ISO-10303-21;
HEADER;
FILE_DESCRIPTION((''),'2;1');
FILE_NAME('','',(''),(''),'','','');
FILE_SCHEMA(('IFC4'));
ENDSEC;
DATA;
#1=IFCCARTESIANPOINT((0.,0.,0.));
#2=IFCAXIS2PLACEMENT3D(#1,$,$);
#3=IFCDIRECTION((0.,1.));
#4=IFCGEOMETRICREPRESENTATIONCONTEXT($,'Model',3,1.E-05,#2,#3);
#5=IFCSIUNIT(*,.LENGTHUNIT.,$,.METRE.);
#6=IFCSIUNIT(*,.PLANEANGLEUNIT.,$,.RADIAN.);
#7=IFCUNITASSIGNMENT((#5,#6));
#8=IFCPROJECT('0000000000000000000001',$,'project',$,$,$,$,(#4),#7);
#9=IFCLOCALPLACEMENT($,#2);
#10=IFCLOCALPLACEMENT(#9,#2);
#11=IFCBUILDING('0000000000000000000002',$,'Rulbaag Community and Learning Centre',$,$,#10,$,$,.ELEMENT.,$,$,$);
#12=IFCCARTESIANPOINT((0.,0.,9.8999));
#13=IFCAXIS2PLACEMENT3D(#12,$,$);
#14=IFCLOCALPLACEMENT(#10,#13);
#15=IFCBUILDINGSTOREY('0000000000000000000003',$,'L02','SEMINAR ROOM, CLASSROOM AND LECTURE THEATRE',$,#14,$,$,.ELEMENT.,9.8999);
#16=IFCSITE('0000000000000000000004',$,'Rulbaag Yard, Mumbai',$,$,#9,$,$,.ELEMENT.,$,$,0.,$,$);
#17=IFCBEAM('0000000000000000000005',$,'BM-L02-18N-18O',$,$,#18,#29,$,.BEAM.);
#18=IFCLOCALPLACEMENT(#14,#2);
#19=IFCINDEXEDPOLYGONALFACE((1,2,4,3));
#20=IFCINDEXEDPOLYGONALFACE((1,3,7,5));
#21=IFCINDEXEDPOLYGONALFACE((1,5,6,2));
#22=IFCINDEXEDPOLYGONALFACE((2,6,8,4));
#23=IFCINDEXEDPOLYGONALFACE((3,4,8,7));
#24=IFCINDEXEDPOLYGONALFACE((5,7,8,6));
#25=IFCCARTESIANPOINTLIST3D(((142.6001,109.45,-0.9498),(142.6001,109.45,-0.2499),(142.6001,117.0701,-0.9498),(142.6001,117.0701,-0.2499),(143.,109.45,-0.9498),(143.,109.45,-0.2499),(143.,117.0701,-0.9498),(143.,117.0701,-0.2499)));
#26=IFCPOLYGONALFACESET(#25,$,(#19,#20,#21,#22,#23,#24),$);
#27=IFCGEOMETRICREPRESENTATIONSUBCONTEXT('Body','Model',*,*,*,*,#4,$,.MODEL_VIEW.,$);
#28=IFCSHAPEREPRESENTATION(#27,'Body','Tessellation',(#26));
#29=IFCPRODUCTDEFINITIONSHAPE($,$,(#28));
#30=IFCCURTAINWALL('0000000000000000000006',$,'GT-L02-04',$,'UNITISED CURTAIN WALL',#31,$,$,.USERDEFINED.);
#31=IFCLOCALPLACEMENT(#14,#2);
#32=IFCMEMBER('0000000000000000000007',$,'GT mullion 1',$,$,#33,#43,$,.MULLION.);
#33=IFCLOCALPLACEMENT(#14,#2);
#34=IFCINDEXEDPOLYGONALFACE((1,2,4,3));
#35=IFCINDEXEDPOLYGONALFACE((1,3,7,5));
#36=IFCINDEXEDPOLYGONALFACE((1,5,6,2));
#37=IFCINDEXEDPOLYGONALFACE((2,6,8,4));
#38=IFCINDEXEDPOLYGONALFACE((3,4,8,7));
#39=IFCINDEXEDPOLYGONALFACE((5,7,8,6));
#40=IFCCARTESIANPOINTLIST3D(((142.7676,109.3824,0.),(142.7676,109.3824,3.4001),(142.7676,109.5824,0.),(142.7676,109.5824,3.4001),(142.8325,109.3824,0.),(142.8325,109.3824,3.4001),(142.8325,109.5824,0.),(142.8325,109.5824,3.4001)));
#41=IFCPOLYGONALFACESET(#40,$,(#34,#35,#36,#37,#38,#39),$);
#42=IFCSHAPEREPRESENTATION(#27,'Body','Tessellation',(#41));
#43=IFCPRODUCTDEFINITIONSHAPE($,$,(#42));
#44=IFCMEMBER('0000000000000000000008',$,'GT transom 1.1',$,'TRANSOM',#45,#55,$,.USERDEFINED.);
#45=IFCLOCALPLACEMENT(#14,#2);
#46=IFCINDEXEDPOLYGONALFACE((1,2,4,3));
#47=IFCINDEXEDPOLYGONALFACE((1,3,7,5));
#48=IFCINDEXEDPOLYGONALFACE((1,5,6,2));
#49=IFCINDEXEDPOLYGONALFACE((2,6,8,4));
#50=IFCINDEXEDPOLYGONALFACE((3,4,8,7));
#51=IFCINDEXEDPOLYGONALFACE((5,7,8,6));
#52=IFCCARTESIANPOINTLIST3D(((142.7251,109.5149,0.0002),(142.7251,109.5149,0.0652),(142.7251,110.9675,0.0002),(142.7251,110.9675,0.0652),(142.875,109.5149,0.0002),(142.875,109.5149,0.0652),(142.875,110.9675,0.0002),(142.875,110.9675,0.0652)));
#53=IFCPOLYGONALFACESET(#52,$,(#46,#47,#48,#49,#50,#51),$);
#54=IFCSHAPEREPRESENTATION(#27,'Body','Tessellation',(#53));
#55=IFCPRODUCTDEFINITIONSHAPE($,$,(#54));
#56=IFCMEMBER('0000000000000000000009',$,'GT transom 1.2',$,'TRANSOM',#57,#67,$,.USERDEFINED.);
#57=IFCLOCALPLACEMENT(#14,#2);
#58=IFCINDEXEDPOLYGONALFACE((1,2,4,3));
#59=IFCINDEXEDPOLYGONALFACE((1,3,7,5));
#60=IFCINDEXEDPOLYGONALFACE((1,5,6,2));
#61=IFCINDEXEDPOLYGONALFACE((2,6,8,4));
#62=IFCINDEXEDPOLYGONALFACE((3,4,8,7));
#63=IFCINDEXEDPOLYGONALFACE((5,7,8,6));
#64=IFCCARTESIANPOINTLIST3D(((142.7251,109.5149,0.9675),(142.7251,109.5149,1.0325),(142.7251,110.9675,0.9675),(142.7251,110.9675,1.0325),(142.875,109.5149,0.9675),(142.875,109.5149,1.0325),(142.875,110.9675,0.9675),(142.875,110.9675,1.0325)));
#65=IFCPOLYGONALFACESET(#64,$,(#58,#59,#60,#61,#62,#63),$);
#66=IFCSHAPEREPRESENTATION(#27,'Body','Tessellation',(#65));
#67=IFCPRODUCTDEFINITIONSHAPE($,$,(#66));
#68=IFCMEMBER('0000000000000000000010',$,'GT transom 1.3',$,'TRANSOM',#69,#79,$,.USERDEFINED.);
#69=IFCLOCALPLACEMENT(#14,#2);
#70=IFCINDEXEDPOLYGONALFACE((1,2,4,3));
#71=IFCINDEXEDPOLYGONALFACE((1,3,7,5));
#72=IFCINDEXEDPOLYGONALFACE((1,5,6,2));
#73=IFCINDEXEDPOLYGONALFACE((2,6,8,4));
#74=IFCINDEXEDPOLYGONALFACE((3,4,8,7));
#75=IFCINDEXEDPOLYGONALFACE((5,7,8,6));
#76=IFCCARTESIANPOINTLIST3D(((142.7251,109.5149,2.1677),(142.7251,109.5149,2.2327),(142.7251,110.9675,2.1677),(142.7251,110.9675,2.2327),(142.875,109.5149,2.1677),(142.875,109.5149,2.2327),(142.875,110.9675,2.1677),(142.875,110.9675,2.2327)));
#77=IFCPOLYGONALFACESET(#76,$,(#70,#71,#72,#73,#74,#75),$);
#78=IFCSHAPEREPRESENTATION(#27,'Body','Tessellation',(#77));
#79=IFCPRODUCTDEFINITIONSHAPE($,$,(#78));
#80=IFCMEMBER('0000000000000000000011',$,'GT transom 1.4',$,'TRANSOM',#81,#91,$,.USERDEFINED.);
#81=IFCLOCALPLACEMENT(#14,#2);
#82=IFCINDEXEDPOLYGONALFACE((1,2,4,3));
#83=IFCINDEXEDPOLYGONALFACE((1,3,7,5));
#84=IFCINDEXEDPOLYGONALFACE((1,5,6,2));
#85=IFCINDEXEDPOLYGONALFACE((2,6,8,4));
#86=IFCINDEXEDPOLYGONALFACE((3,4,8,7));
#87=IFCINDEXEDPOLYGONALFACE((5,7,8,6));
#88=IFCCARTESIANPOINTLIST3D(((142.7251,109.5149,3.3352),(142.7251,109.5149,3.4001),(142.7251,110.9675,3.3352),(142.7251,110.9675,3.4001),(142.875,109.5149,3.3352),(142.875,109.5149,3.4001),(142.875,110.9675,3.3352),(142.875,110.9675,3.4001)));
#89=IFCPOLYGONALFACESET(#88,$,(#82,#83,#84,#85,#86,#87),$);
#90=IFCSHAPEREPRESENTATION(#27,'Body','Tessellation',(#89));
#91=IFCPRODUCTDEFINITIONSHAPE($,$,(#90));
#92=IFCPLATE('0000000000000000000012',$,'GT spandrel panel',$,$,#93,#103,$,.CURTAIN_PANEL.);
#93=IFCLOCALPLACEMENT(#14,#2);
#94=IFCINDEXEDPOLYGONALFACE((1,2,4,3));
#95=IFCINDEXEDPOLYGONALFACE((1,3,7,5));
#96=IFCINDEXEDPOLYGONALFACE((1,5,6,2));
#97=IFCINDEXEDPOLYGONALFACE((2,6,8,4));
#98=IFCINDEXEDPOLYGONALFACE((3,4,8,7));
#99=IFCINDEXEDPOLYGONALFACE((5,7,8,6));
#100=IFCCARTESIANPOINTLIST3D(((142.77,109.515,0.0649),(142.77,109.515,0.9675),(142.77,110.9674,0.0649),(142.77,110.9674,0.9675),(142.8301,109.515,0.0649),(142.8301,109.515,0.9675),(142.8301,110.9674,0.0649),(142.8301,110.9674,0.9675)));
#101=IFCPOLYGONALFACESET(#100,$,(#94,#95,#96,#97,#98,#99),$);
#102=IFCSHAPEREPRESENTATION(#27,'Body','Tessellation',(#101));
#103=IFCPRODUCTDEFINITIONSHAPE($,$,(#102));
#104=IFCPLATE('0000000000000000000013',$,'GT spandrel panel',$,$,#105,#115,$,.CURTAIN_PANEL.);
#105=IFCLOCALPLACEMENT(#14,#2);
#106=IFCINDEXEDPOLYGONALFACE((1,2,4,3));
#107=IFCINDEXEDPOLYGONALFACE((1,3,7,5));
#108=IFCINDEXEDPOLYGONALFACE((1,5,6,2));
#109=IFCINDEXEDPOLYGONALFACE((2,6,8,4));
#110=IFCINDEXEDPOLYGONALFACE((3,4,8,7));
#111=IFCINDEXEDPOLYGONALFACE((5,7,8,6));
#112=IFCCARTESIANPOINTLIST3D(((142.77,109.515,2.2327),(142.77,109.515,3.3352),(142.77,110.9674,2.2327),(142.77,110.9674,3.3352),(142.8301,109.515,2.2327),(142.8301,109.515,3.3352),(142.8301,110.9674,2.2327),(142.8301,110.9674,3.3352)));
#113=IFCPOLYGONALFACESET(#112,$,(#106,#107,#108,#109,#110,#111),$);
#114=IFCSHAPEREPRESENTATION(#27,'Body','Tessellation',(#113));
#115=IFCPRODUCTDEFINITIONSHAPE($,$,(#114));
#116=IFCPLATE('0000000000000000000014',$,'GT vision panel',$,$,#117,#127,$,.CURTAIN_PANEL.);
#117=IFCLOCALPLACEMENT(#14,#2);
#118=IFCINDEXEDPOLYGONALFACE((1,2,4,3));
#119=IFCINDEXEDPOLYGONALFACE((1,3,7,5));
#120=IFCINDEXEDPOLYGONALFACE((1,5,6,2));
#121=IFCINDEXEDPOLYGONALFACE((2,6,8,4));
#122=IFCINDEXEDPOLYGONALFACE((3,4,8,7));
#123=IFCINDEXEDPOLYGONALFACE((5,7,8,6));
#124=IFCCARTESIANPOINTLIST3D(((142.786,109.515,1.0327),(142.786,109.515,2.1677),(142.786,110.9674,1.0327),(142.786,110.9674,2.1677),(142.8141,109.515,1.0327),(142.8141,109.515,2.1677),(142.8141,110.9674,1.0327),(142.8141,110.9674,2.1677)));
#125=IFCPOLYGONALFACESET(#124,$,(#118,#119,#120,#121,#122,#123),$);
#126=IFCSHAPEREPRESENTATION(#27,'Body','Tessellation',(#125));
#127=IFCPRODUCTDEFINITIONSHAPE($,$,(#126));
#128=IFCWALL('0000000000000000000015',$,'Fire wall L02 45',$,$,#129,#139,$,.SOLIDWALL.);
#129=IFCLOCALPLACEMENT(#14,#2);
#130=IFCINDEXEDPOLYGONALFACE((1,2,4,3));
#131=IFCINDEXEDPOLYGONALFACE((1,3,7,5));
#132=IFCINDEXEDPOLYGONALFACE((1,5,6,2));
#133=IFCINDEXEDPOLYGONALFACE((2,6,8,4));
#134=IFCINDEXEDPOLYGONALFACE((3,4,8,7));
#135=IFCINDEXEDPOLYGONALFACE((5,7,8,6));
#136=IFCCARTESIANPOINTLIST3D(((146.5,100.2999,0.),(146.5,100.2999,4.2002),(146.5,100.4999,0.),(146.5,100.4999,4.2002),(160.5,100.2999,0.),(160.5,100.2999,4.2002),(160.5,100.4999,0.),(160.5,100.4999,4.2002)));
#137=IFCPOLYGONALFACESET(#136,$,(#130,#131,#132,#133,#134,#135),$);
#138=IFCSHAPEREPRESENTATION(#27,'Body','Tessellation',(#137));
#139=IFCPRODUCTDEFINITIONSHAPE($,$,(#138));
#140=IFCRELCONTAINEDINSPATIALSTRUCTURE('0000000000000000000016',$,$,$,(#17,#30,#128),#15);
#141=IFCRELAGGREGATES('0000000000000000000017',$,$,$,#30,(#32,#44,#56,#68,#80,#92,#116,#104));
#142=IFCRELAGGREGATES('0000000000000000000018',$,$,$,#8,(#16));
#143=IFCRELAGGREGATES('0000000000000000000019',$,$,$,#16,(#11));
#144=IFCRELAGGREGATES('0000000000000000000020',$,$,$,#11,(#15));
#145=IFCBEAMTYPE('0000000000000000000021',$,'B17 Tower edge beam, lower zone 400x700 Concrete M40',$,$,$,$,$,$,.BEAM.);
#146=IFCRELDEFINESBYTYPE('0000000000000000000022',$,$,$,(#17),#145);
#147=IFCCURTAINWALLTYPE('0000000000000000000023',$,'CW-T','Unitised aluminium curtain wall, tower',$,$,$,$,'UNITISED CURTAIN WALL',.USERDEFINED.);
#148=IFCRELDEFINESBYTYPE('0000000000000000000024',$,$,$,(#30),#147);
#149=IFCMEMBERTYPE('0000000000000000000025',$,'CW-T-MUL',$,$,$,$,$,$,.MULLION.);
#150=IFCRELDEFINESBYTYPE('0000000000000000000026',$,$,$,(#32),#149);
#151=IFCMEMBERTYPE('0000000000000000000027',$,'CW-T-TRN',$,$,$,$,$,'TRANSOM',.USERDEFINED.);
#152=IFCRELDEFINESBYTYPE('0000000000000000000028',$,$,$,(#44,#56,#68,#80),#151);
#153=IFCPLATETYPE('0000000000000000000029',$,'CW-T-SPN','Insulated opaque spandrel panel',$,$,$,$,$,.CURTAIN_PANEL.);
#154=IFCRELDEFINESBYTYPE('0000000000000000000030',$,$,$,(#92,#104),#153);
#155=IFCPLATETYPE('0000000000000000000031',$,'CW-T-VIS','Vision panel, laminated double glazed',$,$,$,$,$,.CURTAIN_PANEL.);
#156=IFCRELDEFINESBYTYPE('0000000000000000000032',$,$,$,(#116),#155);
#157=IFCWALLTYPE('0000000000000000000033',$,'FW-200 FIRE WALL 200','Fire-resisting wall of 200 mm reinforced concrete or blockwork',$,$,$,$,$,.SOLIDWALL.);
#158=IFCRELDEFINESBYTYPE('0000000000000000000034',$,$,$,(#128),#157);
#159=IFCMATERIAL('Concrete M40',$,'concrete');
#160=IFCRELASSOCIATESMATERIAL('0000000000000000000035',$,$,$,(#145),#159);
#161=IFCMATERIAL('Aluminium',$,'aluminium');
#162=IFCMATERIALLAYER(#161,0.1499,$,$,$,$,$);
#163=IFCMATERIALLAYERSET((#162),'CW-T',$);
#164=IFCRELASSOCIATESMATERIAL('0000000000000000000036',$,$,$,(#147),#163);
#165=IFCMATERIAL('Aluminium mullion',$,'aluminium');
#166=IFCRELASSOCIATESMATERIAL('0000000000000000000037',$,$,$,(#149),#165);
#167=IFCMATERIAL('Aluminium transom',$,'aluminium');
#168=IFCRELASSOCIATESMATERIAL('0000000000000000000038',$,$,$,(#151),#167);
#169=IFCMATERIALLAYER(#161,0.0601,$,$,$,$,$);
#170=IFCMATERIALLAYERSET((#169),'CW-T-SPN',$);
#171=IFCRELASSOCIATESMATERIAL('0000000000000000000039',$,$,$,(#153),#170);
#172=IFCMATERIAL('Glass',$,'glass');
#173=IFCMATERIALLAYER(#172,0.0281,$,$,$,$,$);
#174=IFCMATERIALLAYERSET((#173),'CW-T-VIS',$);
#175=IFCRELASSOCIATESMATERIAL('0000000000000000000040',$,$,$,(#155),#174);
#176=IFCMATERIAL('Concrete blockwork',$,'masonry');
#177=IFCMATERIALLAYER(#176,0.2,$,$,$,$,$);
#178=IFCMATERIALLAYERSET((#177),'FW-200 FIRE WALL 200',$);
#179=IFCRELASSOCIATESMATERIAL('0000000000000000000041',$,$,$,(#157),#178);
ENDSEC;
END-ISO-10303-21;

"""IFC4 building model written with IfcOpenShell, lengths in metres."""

from ifc_helpers import new_model, si_unit, direction, frame, frame_2d, origin, origin_2d, place, context, subcontext, project, spatial, rectangle, extrude, material, layer, layer_set, material_profile, profile_set, type_object, element, aggregate, save


model = new_model("IFC4")

# Units and contexts
model_context = context("Model", 3, precision=1e-05, world=origin(), true_north=direction((0.0, 1.0)))
body_context = subcontext(model_context, "Body", "Model", "MODEL_VIEW")
ifc_project = project(units=[si_unit("LENGTHUNIT", "METRE"), si_unit("PLANEANGLEUNIT", "RADIAN")], contexts=[model_context])

# Site, building, storey
site_placement = place(None, origin())
site = spatial("IfcSite", under=ifc_project, at=site_placement, Name="Rulbaag Yard, Mumbai", CompositionType="ELEMENT", RefElevation=0.0)
building_placement = place(site_placement, origin())
building = spatial("IfcBuilding", under=site, at=building_placement, Name="Rulbaag Community and Learning Centre", CompositionType="ELEMENT")
storey_placement = place(building_placement, frame((0.0, 0.0, 9.8999)))
storey = spatial("IfcBuildingStorey", under=building, at=storey_placement, Name="L02", Description="SEMINAR ROOM, CLASSROOM AND LECTURE THEATRE", CompositionType="ELEMENT", Elevation=9.8999)

# Beam
ifc_material_1 = material(Name="Concrete M40", Category="concrete")
ifc_material_profile_1 = material_profile(ifc_material_1, rectangle(XDim=0.3999, YDim=0.7, at=origin_2d()), Name="RB400x700")
ifc_profile_set_1 = profile_set([ifc_material_profile_1], Name="Concrete M40")
beam_type = type_object("IfcBeamType", Name="B17 Tower edge beam, lower zone 400x700 Concrete M40", PredefinedType="BEAM", material=ifc_profile_set_1)
beam_placement = place(storey_placement, frame((142.8, 109.45, -0.5999), z_axis=(0.0, 1.0, 0.0), x_axis=(-1.0, 0.0, 0.0)))
element("IfcBeam", 1, at=beam_placement, inside=storey, type_object=beam_type, Name="BM-L02-18N-18O", PredefinedType="BEAM", context=body_context, shape_type="SweptSolid", body=[
    extrude(rectangle(XDim=0.3999, YDim=0.7, at=origin_2d()), origin(), (0.0, 0.0, 1.0), 7.6201),
])

# Curtain wall, members, plates
ifc_material_2 = material(Name="Aluminium", Category="aluminium")
ifc_layer_1 = layer(ifc_material_2, 0.1499)
ifc_layer_set_1 = layer_set([ifc_layer_1], Name="CW-T")
curtain_wall_type = type_object("IfcCurtainWallType", Name="CW-T", Description="Unitised aluminium curtain wall, tower", ElementType="UNITISED CURTAIN WALL", PredefinedType="USERDEFINED", material=ifc_layer_set_1)
curtain_wall_placement = place(storey_placement, origin())
curtain_wall = element("IfcCurtainWall", 2, at=curtain_wall_placement, inside=storey, type_object=curtain_wall_type, Name="GT-L02-04", ObjectType="UNITISED CURTAIN WALL", PredefinedType="USERDEFINED")
ifc_material_3 = material(Name="Aluminium mullion", Category="aluminium")
ifc_material_profile_2 = material_profile(ifc_material_3, rectangle(XDim=0.0649, YDim=0.2, at=origin_2d()), Name="AL 65x200")
ifc_profile_set_2 = profile_set([ifc_material_profile_2], Name="Aluminium mullion")
member_type_1 = type_object("IfcMemberType", Name="CW-T-MUL", PredefinedType="MULLION", material=ifc_profile_set_2)
member_1_placement = place(storey_placement, frame((142.8, 109.4824, 0.0), z_axis=(0.0, 0.0, 1.0), x_axis=(-1.0, 0.0, 0.0)))
member_1 = element("IfcMember", 3, at=member_1_placement, type_object=member_type_1, Name="GT mullion 1", PredefinedType="MULLION", context=body_context, shape_type="SweptSolid", body=[
    extrude(rectangle(XDim=0.0649, YDim=0.2, at=origin_2d()), origin(), (0.0, 0.0, 1.0), 3.4001),
])
ifc_material_4 = material(Name="Aluminium transom", Category="aluminium")
ifc_material_profile_3 = material_profile(ifc_material_4, rectangle(XDim=0.1499, YDim=0.0649, at=origin_2d()), Name="AL 65x150 T")
ifc_profile_set_3 = profile_set([ifc_material_profile_3], Name="Aluminium transom")
member_type_2 = type_object("IfcMemberType", Name="CW-T-TRN", ElementType="TRANSOM", PredefinedType="USERDEFINED", material=ifc_profile_set_3)
member_2_placement = place(storey_placement, frame((142.8, 109.5149, 0.0327), z_axis=(0.0, 1.0, 0.0), x_axis=(-1.0, 0.0, 0.0)))
member_2 = element("IfcMember", 4, at=member_2_placement, type_object=member_type_2, Name="GT transom 1.1", ObjectType="TRANSOM", PredefinedType="USERDEFINED", context=body_context, shape_type="SweptSolid", body=[
    extrude(rectangle(XDim=0.1499, YDim=0.0649, at=origin_2d()), origin(), (0.0, 0.0, 1.0), 1.4526),
])
member_3_placement = place(storey_placement, frame((142.8, 109.5149, 1.0), z_axis=(0.0, 1.0, 0.0), x_axis=(-1.0, 0.0, 0.0)))
member_3 = element("IfcMember", 5, at=member_3_placement, type_object=member_type_2, Name="GT transom 1.2", ObjectType="TRANSOM", PredefinedType="USERDEFINED", context=body_context, shape_type="SweptSolid", body=[
    extrude(rectangle(XDim=0.1499, YDim=0.0649, at=origin_2d()), origin(), (0.0, 0.0, 1.0), 1.4526),
])
member_4_placement = place(storey_placement, frame((142.8, 109.5149, 2.2002), z_axis=(0.0, 1.0, 0.0), x_axis=(-1.0, 0.0, 0.0)))
member_4 = element("IfcMember", 6, at=member_4_placement, type_object=member_type_2, Name="GT transom 1.3", ObjectType="TRANSOM", PredefinedType="USERDEFINED", context=body_context, shape_type="SweptSolid", body=[
    extrude(rectangle(XDim=0.1499, YDim=0.0649, at=origin_2d()), origin(), (0.0, 0.0, 1.0), 1.4526),
])
member_5_placement = place(storey_placement, frame((142.8, 109.5149, 3.3677), z_axis=(0.0, 1.0, 0.0), x_axis=(-1.0, 0.0, 0.0)))
member_5 = element("IfcMember", 7, at=member_5_placement, type_object=member_type_2, Name="GT transom 1.4", ObjectType="TRANSOM", PredefinedType="USERDEFINED", context=body_context, shape_type="SweptSolid", body=[
    extrude(rectangle(XDim=0.1499, YDim=0.0649, at=origin_2d()), origin(), (0.0, 0.0, 1.0), 1.4526),
])
ifc_layer_2 = layer(ifc_material_2, 0.0601)
ifc_layer_set_2 = layer_set([ifc_layer_2], Name="CW-T-SPN")
plate_type_1 = type_object("IfcPlateType", Name="CW-T-SPN", Description="Insulated opaque spandrel panel", PredefinedType="CURTAIN_PANEL", material=ifc_layer_set_2)
plate_1_placement = place(storey_placement, frame((142.8, 110.2412, 0.0649), z_axis=(0.0, 0.0, 1.0), x_axis=(0.0, 1.0, 0.0)))
plate_1 = element("IfcPlate", 8, at=plate_1_placement, type_object=plate_type_1, Name="GT spandrel panel", PredefinedType="CURTAIN_PANEL", context=body_context, shape_type="SweptSolid", body=[
    extrude(rectangle(XDim=1.4524, YDim=0.0601, at=origin_2d()), origin(), (0.0, 0.0, 1.0), 0.9026),
])
plate_2_placement = place(storey_placement, frame((142.8, 110.2412, 2.2327), z_axis=(0.0, 0.0, 1.0), x_axis=(0.0, 1.0, 0.0)))
plate_2 = element("IfcPlate", 9, at=plate_2_placement, type_object=plate_type_1, Name="GT spandrel panel", PredefinedType="CURTAIN_PANEL", context=body_context, shape_type="SweptSolid", body=[
    extrude(rectangle(XDim=1.4524, YDim=0.0601, at=origin_2d()), origin(), (0.0, 0.0, 1.0), 1.1025),
])
ifc_material_5 = material(Name="Glass", Category="glass")
ifc_layer_3 = layer(ifc_material_5, 0.0281)
ifc_layer_set_3 = layer_set([ifc_layer_3], Name="CW-T-VIS")
plate_type_2 = type_object("IfcPlateType", Name="CW-T-VIS", Description="Vision panel, laminated double glazed", PredefinedType="CURTAIN_PANEL", material=ifc_layer_set_3)
plate_3_placement = place(storey_placement, frame((142.8, 110.2412, 1.0327), z_axis=(0.0, 0.0, 1.0), x_axis=(0.0, 1.0, 0.0)))
plate_3 = element("IfcPlate", 10, at=plate_3_placement, type_object=plate_type_2, Name="GT vision panel", PredefinedType="CURTAIN_PANEL", context=body_context, shape_type="SweptSolid", body=[
    extrude(rectangle(XDim=1.4524, YDim=0.0281, at=origin_2d()), origin(), (0.0, 0.0, 1.0), 1.135),
])
aggregate(curtain_wall, [member_1, member_2, member_3, member_4, member_5, plate_1, plate_3, plate_2])

# Wall
ifc_material_6 = material(Name="Concrete blockwork", Category="masonry")
ifc_layer_4 = layer(ifc_material_6, 0.2)
ifc_layer_set_4 = layer_set([ifc_layer_4], Name="FW-200 FIRE WALL 200")
wall_type_1 = type_object("IfcWallType", Name="FW-200 FIRE WALL 200", Description="Fire-resisting wall of 200 mm reinforced concrete or blockwork", PredefinedType="SOLIDWALL", material=ifc_layer_set_4)
wall_1_placement = place(storey_placement, frame((146.5, 100.3999, 0.0), z_axis=(0.0, 0.0, 1.0), x_axis=(1.0, 0.0, 0.0)))
element("IfcWall", 11, at=wall_1_placement, inside=storey, type_object=wall_type_1, Name="Fire wall L02 45", PredefinedType="SOLIDWALL", context=body_context, shape_type="SweptSolid", body=[
    extrude(rectangle(XDim=14.0, YDim=0.2, at=frame_2d((7.0, 0.0))), origin(), (0.0, 0.0, 1.0), 4.2002),
])

save(model, "model.ifc")
